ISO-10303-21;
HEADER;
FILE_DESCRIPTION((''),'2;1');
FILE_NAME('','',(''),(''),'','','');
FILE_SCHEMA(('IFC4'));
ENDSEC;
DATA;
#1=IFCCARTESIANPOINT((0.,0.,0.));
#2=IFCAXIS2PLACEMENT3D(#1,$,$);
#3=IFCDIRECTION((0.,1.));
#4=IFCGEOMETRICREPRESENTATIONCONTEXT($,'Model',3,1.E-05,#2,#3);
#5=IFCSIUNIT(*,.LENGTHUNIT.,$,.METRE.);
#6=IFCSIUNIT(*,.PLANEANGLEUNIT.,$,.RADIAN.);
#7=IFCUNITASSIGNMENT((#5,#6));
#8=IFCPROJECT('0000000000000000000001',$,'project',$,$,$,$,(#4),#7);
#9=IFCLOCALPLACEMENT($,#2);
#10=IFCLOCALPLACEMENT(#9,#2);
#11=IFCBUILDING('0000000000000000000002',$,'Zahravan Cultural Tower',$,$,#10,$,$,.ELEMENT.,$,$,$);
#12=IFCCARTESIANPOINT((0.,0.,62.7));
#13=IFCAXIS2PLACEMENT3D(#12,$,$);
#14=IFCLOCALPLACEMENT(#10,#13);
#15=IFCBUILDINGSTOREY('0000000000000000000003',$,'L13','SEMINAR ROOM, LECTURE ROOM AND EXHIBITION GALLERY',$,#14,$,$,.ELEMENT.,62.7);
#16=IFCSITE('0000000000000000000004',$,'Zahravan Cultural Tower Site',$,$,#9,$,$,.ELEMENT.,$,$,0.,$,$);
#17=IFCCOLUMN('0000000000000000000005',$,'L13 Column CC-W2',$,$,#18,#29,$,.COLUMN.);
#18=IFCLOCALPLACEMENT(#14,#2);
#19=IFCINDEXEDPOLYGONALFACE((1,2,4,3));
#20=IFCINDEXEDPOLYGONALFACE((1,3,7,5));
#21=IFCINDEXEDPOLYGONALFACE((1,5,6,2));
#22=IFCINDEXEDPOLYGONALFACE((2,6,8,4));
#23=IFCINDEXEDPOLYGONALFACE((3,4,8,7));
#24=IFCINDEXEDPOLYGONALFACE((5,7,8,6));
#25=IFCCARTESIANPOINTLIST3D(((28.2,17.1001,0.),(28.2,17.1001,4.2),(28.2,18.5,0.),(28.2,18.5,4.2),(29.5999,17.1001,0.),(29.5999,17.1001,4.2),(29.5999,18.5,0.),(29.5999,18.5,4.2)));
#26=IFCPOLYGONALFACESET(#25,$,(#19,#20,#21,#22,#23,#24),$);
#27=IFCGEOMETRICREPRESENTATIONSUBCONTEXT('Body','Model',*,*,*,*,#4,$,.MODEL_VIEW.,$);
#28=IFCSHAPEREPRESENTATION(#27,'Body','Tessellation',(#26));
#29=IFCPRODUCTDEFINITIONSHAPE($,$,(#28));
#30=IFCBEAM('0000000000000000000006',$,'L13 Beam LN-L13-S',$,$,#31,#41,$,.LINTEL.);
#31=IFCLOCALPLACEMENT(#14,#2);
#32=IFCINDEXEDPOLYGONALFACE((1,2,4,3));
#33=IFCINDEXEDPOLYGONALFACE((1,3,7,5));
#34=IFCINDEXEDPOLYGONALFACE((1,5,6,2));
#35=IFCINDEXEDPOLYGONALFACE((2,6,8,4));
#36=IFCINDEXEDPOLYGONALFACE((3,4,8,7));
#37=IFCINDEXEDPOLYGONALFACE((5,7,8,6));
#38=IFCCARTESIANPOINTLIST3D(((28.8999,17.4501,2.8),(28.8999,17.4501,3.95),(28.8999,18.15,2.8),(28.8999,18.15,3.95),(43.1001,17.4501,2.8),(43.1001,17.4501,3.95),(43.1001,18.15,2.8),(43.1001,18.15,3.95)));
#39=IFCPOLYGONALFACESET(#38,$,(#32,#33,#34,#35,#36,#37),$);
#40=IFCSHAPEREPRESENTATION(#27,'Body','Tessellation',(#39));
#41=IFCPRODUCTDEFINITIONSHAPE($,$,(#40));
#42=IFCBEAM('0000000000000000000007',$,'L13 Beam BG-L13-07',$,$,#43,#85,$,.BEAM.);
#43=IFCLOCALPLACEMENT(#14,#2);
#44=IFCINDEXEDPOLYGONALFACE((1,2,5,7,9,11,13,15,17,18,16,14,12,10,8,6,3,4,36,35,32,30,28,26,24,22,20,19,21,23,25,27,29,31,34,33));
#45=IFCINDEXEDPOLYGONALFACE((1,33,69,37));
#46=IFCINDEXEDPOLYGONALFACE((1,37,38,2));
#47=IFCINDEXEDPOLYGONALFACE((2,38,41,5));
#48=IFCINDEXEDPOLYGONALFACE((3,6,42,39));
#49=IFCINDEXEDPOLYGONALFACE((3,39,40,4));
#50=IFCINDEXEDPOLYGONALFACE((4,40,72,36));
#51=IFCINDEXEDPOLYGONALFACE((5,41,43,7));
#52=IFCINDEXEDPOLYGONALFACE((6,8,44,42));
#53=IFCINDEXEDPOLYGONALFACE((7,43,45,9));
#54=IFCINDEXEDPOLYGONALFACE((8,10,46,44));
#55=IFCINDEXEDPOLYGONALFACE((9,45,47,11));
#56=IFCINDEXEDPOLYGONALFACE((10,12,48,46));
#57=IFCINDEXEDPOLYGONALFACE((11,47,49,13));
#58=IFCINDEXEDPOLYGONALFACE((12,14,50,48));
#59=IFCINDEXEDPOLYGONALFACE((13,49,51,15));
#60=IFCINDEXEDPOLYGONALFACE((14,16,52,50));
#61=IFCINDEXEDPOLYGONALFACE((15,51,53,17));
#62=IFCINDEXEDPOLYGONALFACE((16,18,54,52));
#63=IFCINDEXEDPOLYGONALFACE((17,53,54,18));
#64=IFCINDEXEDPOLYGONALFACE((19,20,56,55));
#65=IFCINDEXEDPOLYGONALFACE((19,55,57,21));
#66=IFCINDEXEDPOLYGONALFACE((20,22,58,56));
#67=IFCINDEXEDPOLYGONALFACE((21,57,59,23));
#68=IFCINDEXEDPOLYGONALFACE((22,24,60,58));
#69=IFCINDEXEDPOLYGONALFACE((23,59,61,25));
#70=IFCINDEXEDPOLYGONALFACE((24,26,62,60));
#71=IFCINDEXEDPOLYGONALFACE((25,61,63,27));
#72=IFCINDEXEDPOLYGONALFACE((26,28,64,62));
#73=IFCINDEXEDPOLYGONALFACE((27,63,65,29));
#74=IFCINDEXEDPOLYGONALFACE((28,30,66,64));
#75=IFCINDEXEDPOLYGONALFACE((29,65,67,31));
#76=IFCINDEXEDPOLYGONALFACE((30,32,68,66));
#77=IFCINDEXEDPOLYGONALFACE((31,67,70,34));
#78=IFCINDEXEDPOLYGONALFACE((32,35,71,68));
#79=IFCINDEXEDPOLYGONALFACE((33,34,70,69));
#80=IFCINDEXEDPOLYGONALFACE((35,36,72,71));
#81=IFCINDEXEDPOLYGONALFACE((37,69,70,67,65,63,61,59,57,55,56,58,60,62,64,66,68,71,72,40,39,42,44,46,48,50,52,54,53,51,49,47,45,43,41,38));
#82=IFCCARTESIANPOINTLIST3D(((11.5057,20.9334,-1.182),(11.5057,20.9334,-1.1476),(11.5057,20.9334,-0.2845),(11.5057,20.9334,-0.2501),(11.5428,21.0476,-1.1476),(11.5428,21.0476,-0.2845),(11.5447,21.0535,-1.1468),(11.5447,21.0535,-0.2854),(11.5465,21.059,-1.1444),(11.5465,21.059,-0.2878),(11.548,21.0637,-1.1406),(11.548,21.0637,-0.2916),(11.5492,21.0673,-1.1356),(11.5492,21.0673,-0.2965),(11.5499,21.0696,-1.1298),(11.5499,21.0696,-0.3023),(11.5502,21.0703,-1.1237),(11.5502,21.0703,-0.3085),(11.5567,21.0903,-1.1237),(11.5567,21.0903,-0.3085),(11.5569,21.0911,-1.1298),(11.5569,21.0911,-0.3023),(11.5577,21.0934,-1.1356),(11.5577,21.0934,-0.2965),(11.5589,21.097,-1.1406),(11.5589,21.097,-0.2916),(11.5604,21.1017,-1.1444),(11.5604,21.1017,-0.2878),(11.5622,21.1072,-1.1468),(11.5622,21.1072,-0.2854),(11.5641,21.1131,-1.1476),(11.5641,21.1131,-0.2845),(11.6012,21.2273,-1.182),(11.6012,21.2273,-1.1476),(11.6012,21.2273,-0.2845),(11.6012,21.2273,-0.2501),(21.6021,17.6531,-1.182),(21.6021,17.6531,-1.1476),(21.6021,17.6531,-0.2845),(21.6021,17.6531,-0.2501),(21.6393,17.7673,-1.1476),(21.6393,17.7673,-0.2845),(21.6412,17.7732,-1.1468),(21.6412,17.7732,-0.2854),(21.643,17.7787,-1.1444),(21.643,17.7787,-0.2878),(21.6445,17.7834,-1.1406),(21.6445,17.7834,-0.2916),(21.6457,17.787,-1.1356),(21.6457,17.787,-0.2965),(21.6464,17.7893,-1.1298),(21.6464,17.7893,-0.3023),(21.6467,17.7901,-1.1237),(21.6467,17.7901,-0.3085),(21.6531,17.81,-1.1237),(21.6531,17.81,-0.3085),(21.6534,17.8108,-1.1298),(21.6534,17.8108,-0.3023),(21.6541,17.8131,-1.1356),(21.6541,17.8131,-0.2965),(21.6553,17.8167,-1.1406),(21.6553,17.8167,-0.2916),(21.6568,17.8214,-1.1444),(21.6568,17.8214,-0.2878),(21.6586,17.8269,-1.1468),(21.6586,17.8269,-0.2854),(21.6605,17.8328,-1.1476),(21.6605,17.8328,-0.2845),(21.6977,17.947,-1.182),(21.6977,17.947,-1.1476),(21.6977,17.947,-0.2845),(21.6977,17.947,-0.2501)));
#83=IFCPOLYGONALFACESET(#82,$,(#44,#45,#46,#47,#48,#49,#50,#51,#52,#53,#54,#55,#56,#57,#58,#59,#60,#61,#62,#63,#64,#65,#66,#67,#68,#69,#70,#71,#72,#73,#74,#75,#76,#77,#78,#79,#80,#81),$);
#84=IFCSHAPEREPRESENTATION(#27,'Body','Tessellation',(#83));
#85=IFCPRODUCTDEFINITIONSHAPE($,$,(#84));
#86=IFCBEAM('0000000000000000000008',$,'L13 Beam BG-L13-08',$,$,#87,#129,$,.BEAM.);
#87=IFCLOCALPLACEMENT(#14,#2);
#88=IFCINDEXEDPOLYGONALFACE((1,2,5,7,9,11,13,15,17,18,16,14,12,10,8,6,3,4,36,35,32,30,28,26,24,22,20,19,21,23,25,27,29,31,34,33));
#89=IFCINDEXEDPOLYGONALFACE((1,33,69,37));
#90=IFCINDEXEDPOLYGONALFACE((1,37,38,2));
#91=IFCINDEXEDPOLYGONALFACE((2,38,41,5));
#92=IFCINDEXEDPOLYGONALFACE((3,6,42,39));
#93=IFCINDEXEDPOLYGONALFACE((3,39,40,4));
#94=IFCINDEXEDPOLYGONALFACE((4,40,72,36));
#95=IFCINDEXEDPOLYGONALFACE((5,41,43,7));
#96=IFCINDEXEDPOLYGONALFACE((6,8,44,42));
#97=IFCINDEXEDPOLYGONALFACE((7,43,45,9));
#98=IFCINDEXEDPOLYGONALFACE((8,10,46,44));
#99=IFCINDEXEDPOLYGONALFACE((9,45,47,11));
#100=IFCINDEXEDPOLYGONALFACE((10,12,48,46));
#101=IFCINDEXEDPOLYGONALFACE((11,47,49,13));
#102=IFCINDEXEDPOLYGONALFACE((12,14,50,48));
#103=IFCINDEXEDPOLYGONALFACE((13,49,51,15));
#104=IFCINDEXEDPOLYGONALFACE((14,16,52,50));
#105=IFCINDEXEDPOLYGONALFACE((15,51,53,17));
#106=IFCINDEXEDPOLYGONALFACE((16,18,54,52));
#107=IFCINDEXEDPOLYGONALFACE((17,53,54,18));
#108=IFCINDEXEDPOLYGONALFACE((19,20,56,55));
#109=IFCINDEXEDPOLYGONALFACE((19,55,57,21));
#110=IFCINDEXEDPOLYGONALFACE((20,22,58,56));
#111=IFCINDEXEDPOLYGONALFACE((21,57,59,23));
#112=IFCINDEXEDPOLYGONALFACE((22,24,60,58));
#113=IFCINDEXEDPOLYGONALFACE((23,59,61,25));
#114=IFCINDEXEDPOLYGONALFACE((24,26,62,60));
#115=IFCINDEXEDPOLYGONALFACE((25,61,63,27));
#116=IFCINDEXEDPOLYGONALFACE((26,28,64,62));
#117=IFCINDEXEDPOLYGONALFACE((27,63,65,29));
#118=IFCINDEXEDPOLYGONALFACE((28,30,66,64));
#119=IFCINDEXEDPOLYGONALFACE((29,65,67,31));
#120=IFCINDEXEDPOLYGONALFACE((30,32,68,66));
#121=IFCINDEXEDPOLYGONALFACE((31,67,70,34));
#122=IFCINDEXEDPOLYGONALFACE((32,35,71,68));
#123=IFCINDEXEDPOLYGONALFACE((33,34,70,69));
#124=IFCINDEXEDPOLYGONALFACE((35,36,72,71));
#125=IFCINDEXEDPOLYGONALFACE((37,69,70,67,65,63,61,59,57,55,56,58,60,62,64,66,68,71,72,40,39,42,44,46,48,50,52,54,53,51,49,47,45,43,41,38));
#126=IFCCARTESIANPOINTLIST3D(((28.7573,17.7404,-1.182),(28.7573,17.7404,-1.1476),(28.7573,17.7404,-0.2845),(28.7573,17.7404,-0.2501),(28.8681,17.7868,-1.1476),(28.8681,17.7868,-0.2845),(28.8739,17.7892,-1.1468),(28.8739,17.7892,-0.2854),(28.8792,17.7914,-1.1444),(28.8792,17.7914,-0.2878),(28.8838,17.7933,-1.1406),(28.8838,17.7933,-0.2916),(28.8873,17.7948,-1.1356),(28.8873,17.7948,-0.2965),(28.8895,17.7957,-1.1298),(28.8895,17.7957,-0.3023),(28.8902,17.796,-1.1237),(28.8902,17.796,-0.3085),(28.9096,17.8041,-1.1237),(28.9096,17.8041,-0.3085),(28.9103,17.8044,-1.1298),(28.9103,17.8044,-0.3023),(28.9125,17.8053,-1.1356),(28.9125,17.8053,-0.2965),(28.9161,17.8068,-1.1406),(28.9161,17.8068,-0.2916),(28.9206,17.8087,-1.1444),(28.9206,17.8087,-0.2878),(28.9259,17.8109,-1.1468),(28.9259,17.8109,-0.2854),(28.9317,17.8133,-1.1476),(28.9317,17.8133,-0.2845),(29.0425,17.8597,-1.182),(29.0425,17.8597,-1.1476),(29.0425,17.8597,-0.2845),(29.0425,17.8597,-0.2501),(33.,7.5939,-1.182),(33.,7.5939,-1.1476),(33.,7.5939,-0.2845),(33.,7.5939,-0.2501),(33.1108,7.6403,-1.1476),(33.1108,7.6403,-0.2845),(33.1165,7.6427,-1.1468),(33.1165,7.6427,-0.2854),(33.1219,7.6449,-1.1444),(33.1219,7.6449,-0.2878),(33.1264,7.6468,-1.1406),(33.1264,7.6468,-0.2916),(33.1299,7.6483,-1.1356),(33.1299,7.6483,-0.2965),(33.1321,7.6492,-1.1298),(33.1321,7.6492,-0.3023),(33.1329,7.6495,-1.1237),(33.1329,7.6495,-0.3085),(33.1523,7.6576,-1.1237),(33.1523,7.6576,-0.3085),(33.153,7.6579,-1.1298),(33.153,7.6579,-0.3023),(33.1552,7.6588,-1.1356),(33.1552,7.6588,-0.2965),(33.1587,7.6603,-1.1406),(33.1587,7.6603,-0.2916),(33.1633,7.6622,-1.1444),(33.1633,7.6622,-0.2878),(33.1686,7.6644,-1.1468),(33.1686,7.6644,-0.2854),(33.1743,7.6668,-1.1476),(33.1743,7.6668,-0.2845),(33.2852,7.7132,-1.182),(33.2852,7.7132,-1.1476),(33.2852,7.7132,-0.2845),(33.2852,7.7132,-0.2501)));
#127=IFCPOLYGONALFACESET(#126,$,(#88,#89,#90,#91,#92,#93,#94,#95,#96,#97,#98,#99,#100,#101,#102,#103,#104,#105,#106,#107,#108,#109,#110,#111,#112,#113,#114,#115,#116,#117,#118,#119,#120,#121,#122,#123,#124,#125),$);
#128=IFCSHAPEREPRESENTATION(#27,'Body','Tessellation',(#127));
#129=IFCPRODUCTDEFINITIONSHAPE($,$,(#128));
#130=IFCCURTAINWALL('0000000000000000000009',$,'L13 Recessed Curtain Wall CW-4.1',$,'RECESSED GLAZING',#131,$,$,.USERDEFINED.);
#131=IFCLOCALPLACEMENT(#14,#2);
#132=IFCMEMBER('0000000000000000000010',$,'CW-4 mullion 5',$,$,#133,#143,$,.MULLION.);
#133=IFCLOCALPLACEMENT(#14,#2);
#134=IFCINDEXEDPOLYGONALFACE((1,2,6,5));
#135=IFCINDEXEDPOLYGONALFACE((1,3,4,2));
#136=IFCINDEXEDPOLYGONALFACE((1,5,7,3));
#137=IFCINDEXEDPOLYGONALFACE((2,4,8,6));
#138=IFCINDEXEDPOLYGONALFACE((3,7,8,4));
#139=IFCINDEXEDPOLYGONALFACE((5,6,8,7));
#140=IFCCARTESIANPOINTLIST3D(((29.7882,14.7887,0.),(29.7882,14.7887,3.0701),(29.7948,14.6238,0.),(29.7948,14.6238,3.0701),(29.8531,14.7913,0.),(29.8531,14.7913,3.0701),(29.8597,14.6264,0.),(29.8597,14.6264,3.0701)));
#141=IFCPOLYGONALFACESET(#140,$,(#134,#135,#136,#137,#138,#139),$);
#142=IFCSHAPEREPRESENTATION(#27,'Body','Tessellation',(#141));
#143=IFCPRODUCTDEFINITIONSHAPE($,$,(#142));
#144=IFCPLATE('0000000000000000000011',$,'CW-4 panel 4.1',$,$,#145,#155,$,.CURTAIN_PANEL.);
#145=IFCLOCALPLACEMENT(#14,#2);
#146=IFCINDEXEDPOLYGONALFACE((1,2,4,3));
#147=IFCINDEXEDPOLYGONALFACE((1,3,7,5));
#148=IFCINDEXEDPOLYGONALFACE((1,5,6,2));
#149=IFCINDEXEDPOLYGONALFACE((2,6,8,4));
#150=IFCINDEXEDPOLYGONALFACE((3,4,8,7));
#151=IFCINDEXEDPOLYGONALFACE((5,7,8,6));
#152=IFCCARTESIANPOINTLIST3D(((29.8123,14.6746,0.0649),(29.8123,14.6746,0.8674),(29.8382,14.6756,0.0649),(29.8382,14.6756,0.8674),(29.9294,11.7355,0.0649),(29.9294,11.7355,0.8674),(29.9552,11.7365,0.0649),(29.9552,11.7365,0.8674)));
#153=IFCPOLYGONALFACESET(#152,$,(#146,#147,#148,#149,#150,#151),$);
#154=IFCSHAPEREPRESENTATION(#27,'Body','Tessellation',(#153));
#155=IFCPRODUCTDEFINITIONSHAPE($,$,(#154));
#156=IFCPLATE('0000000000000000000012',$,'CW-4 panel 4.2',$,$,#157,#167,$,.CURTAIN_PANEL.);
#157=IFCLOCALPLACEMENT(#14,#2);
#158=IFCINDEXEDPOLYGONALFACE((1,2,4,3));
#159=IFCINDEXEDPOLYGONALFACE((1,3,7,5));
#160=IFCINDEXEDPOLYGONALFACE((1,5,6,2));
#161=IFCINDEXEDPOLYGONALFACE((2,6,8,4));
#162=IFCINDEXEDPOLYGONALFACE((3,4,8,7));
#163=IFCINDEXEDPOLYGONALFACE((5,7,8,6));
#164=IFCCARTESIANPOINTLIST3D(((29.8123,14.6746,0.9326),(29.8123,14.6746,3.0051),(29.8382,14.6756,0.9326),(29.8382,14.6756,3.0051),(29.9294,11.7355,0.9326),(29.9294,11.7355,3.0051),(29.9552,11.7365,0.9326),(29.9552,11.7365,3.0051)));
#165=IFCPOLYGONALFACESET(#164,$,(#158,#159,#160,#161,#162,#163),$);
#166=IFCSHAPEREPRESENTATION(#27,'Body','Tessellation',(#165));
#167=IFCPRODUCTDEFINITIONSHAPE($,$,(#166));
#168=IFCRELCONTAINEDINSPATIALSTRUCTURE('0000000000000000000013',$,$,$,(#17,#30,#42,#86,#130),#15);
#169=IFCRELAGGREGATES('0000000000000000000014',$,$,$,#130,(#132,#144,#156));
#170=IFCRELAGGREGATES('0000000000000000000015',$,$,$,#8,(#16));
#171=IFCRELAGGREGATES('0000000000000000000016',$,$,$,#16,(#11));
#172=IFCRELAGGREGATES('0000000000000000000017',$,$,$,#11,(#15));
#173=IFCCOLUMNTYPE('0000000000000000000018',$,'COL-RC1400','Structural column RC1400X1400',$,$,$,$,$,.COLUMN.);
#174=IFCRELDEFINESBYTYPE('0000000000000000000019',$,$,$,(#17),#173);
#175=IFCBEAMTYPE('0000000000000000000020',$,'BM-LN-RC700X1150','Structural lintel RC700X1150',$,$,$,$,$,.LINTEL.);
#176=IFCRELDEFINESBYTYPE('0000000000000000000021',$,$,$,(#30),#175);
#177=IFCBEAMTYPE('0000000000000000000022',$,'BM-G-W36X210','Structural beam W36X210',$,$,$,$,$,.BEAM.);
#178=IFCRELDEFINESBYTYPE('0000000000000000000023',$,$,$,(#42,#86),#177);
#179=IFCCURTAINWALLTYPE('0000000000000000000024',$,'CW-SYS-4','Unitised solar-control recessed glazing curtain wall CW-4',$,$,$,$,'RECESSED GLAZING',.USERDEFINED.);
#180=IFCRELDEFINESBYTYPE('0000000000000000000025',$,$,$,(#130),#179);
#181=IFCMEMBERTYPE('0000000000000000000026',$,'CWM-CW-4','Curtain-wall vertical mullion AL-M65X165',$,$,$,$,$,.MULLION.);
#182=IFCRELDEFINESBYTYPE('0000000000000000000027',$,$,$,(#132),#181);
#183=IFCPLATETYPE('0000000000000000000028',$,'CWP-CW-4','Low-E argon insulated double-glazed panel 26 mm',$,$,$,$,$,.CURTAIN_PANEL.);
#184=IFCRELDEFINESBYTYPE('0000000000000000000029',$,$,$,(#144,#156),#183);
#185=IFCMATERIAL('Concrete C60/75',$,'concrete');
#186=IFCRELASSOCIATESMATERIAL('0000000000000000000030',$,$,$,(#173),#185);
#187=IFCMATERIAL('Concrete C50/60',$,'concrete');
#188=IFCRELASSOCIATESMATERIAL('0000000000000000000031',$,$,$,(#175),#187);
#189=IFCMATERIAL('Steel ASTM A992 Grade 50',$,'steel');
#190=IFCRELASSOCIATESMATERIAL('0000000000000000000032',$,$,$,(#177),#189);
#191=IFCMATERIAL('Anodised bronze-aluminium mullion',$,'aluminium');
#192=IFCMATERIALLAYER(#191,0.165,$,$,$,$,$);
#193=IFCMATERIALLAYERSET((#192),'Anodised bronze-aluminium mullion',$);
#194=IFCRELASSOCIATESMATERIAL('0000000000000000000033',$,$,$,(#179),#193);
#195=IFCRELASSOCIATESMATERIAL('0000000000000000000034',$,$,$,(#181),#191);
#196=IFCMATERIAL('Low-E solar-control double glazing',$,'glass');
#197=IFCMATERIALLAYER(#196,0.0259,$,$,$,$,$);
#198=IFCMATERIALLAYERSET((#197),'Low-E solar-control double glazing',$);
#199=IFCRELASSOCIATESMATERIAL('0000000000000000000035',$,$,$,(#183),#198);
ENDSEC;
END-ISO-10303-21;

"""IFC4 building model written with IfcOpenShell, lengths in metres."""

from ifc_helpers import new_model, si_unit, direction, frame, origin, origin_2d, place, context, subcontext, project, spatial, rectangle, i_section, extrude, source, transform, mapped, material, layer, layer_set, material_profile, profile_set, type_object, element, aggregate, save


model = new_model("IFC4")

# Units and contexts
model_context = context("Model", 3, precision=1e-05, world=origin(), true_north=direction((0.0, 1.0)))
body_context = subcontext(model_context, "Body", "Model", "MODEL_VIEW")
ifc_project = project(units=[si_unit("LENGTHUNIT", "METRE"), si_unit("PLANEANGLEUNIT", "RADIAN")], contexts=[model_context])

# Site, building, storey
site_placement = place(None, origin())
site = spatial("IfcSite", under=ifc_project, at=site_placement, Name="Zahravan Cultural Tower Site", CompositionType="ELEMENT", RefElevation=0.0)
building_placement = place(site_placement, origin())
building = spatial("IfcBuilding", under=site, at=building_placement, Name="Zahravan Cultural Tower", CompositionType="ELEMENT")
storey_placement = place(building_placement, frame((0.0, 0.0, 62.7)))
storey = spatial("IfcBuildingStorey", under=building, at=storey_placement, Name="L13", Description="SEMINAR ROOM, LECTURE ROOM AND EXHIBITION GALLERY", CompositionType="ELEMENT", Elevation=62.7)

# Column
ifc_material_1 = material(Name="Concrete C60/75", Category="concrete")
ifc_material_profile_1 = material_profile(ifc_material_1, rectangle(XDim=1.3999, YDim=1.3999, at=origin_2d()), Name="RC1400X1400")
ifc_profile_set_1 = profile_set([ifc_material_profile_1], Name="Concrete C60/75")
column_type = type_object("IfcColumnType", Name="COL-RC1400", Description="Structural column RC1400X1400", PredefinedType="COLUMN", material=ifc_profile_set_1)
shared_shape_1 = source(origin(), body_context, "Body", "SweptSolid", [
    extrude(rectangle(XDim=1.3999, YDim=1.3999, at=origin_2d()), origin(), (0.0, 0.0, 1.0), 4.2),
])
column_placement = place(storey_placement, frame((28.8999, 17.8, 0.0), z_axis=(0.0, 0.0, 1.0), x_axis=(1.0, 0.0, 0.0)))
element("IfcColumn", 1, at=column_placement, inside=storey, type_object=column_type, Name="L13 Column CC-W2", PredefinedType="COLUMN", context=body_context, shape_type="MappedRepresentation", body=[
    mapped(shared_shape_1, transform((0.0, 0.0, 0.0), x_axis=(1.0, 0.0, 0.0), y_axis=(0.0, 1.0, 0.0), z_axis=(0.0, 0.0, 1.0), scale=1.0)),
])

# Beams
ifc_material_2 = material(Name="Concrete C50/60", Category="concrete")
ifc_material_profile_2 = material_profile(ifc_material_2, rectangle(XDim=0.7, YDim=1.1499, at=origin_2d()), Name="RC700X1150")
ifc_profile_set_2 = profile_set([ifc_material_profile_2], Name="Concrete C50/60")
beam_type_1 = type_object("IfcBeamType", Name="BM-LN-RC700X1150", Description="Structural lintel RC700X1150", PredefinedType="LINTEL", material=ifc_profile_set_2)
shared_shape_2 = source(origin(), body_context, "Body", "SweptSolid", [
    extrude(rectangle(XDim=0.7, YDim=1.1499, at=origin_2d()), origin(), (0.0, 0.0, 1.0), 14.2002),
])
beam_1_placement = place(storey_placement, frame((28.8999, 17.8, 3.375), z_axis=(1.0, 0.0, 0.0), x_axis=(0.0, 1.0, 0.0)))
element("IfcBeam", 2, at=beam_1_placement, inside=storey, type_object=beam_type_1, Name="L13 Beam LN-L13-S", PredefinedType="LINTEL", context=body_context, shape_type="MappedRepresentation", body=[
    mapped(shared_shape_2, transform((0.0, 0.0, 0.0), x_axis=(1.0, 0.0, 0.0), y_axis=(0.0, 1.0, 0.0), z_axis=(0.0, 0.0, 1.0), scale=1.0)),
])
ifc_material_3 = material(Name="Steel ASTM A992 Grade 50", Category="steel")
ifc_material_profile_3 = material_profile(ifc_material_3, i_section(OverallWidth=0.3091, OverallDepth=0.9319, WebThickness=0.021, FlangeThickness=0.0344, FilletRadius=0.0239, at=origin_2d()), Name="W36X210")
ifc_profile_set_3 = profile_set([ifc_material_profile_3], Name="Steel ASTM A992 Grade 50")
beam_type_2 = type_object("IfcBeamType", Name="BM-G-W36X210", Description="Structural beam W36X210", PredefinedType="BEAM", material=ifc_profile_set_3)
shared_shape_3 = source(origin(), body_context, "Body", "SweptSolid", [
    extrude(i_section(OverallWidth=0.3091, OverallDepth=0.9319, WebThickness=0.021, FlangeThickness=0.0344, FilletRadius=0.0239, at=origin_2d()), origin(), (0.0, 0.0, 1.0), 10.616),
])
beam_2_placement = place(storey_placement, frame((21.6499, 17.8, -0.7161), z_axis=(-0.951064, 0.308995, 0.0), x_axis=(-0.308995, -0.951064, 0.0)))
element("IfcBeam", 3, at=beam_2_placement, inside=storey, type_object=beam_type_2, Name="L13 Beam BG-L13-07", PredefinedType="BEAM", context=body_context, shape_type="MappedRepresentation", body=[
    mapped(shared_shape_3, transform((0.0, 0.0, 0.0), x_axis=(1.0, 0.0, 0.0), y_axis=(0.0, 1.0, 0.0), z_axis=(0.0, 0.0, 1.0), scale=1.0)),
])
shared_shape_4 = source(origin(), body_context, "Body", "SweptSolid", [
    extrude(i_section(OverallWidth=0.3091, OverallDepth=0.9319, WebThickness=0.021, FlangeThickness=0.0344, FilletRadius=0.0239, at=origin_2d()), origin(), (0.0, 0.0, 1.0), 10.9978),
])
beam_3_placement = place(storey_placement, frame((28.8999, 17.8, -0.7161), z_axis=(0.385775, -0.922593, 0.0), x_axis=(0.922593, 0.385775, 0.0)))
element("IfcBeam", 4, at=beam_3_placement, inside=storey, type_object=beam_type_2, Name="L13 Beam BG-L13-08", PredefinedType="BEAM", context=body_context, shape_type="MappedRepresentation", body=[
    mapped(shared_shape_4, transform((0.0, 0.0, 0.0), x_axis=(1.0, 0.0, 0.0), y_axis=(0.0, 1.0, 0.0), z_axis=(0.0, 0.0, 1.0), scale=1.0)),
])

# Curtain wall, member, plates
ifc_material_4 = material(Name="Anodised bronze-aluminium mullion", Category="aluminium")
ifc_layer_1 = layer(ifc_material_4, 0.165)
ifc_layer_set_1 = layer_set([ifc_layer_1], Name="Anodised bronze-aluminium mullion")
curtain_wall_type = type_object("IfcCurtainWallType", Name="CW-SYS-4", Description="Unitised solar-control recessed glazing curtain wall CW-4", ElementType="RECESSED GLAZING", PredefinedType="USERDEFINED", material=ifc_layer_set_1)
curtain_wall_placement = place(storey_placement, origin())
curtain_wall = element("IfcCurtainWall", 5, at=curtain_wall_placement, inside=storey, type_object=curtain_wall_type, Name="L13 Recessed Curtain Wall CW-4.1", ObjectType="RECESSED GLAZING", PredefinedType="USERDEFINED")
ifc_material_profile_4 = material_profile(ifc_material_4, rectangle(XDim=0.0649, YDim=0.165, at=origin_2d()), Name="AL-M65X165")
ifc_profile_set_4 = profile_set([ifc_material_profile_4], Name="Anodised bronze-aluminium mullion")
member_type = type_object("IfcMemberType", Name="CWM-CW-4", Description="Curtain-wall vertical mullion AL-M65X165", PredefinedType="MULLION", material=ifc_profile_set_4)
shared_shape_5 = source(origin(), body_context, "Body", "SweptSolid", [
    extrude(rectangle(XDim=0.0649, YDim=0.165, at=origin_2d()), origin(), (0.0, 0.0, 1.0), 3.0701),
])
member_placement = place(storey_placement, frame((29.824, 14.7075, 0.0), z_axis=(0.0, 0.0, 1.0), x_axis=(-0.999208, -0.039785, 0.0)))
member = element("IfcMember", 6, at=member_placement, type_object=member_type, Name="CW-4 mullion 5", PredefinedType="MULLION", context=body_context, shape_type="MappedRepresentation", body=[
    mapped(shared_shape_5, transform((0.0, 0.0, 0.0), x_axis=(1.0, 0.0, 0.0), y_axis=(0.0, 1.0, 0.0), z_axis=(0.0, 0.0, 1.0), scale=1.0)),
])
ifc_material_5 = material(Name="Low-E solar-control double glazing", Category="glass")
ifc_layer_2 = layer(ifc_material_5, 0.0259)
ifc_layer_set_2 = layer_set([ifc_layer_2], Name="Low-E solar-control double glazing")
plate_type = type_object("IfcPlateType", Name="CWP-CW-4", Description="Low-E argon insulated double-glazed panel 26 mm", PredefinedType="CURTAIN_PANEL", material=ifc_layer_set_2)
shared_shape_6 = source(origin(), body_context, "Body", "SweptSolid", [
    extrude(rectangle(XDim=2.9414, YDim=0.0259, at=origin_2d()), origin(), (0.0, 0.0, 1.0), 0.8025),
])
plate_1_placement = place(storey_placement, frame((29.8838, 13.2056, 0.0649), z_axis=(0.0, 0.0, 1.0), x_axis=(-0.039785, 0.999208, 0.0)))
plate_1 = element("IfcPlate", 7, at=plate_1_placement, type_object=plate_type, Name="CW-4 panel 4.1", PredefinedType="CURTAIN_PANEL", context=body_context, shape_type="MappedRepresentation", body=[
    mapped(shared_shape_6, transform((0.0, 0.0, 0.0), x_axis=(1.0, 0.0, 0.0), y_axis=(0.0, 1.0, 0.0), z_axis=(0.0, 0.0, 1.0), scale=1.0)),
])
shared_shape_7 = source(origin(), body_context, "Body", "SweptSolid", [
    extrude(rectangle(XDim=2.9414, YDim=0.0259, at=origin_2d()), origin(), (0.0, 0.0, 1.0), 2.0725),
])
plate_2_placement = place(storey_placement, frame((29.8838, 13.2056, 0.9326), z_axis=(0.0, 0.0, 1.0), x_axis=(-0.039785, 0.999208, 0.0)))
plate_2 = element("IfcPlate", 8, at=plate_2_placement, type_object=plate_type, Name="CW-4 panel 4.2", PredefinedType="CURTAIN_PANEL", context=body_context, shape_type="MappedRepresentation", body=[
    mapped(shared_shape_7, transform((0.0, 0.0, 0.0), x_axis=(1.0, 0.0, 0.0), y_axis=(0.0, 1.0, 0.0), z_axis=(0.0, 0.0, 1.0), scale=1.0)),
])
aggregate(curtain_wall, [member, plate_1, plate_2])

save(model, "model.ifc")
